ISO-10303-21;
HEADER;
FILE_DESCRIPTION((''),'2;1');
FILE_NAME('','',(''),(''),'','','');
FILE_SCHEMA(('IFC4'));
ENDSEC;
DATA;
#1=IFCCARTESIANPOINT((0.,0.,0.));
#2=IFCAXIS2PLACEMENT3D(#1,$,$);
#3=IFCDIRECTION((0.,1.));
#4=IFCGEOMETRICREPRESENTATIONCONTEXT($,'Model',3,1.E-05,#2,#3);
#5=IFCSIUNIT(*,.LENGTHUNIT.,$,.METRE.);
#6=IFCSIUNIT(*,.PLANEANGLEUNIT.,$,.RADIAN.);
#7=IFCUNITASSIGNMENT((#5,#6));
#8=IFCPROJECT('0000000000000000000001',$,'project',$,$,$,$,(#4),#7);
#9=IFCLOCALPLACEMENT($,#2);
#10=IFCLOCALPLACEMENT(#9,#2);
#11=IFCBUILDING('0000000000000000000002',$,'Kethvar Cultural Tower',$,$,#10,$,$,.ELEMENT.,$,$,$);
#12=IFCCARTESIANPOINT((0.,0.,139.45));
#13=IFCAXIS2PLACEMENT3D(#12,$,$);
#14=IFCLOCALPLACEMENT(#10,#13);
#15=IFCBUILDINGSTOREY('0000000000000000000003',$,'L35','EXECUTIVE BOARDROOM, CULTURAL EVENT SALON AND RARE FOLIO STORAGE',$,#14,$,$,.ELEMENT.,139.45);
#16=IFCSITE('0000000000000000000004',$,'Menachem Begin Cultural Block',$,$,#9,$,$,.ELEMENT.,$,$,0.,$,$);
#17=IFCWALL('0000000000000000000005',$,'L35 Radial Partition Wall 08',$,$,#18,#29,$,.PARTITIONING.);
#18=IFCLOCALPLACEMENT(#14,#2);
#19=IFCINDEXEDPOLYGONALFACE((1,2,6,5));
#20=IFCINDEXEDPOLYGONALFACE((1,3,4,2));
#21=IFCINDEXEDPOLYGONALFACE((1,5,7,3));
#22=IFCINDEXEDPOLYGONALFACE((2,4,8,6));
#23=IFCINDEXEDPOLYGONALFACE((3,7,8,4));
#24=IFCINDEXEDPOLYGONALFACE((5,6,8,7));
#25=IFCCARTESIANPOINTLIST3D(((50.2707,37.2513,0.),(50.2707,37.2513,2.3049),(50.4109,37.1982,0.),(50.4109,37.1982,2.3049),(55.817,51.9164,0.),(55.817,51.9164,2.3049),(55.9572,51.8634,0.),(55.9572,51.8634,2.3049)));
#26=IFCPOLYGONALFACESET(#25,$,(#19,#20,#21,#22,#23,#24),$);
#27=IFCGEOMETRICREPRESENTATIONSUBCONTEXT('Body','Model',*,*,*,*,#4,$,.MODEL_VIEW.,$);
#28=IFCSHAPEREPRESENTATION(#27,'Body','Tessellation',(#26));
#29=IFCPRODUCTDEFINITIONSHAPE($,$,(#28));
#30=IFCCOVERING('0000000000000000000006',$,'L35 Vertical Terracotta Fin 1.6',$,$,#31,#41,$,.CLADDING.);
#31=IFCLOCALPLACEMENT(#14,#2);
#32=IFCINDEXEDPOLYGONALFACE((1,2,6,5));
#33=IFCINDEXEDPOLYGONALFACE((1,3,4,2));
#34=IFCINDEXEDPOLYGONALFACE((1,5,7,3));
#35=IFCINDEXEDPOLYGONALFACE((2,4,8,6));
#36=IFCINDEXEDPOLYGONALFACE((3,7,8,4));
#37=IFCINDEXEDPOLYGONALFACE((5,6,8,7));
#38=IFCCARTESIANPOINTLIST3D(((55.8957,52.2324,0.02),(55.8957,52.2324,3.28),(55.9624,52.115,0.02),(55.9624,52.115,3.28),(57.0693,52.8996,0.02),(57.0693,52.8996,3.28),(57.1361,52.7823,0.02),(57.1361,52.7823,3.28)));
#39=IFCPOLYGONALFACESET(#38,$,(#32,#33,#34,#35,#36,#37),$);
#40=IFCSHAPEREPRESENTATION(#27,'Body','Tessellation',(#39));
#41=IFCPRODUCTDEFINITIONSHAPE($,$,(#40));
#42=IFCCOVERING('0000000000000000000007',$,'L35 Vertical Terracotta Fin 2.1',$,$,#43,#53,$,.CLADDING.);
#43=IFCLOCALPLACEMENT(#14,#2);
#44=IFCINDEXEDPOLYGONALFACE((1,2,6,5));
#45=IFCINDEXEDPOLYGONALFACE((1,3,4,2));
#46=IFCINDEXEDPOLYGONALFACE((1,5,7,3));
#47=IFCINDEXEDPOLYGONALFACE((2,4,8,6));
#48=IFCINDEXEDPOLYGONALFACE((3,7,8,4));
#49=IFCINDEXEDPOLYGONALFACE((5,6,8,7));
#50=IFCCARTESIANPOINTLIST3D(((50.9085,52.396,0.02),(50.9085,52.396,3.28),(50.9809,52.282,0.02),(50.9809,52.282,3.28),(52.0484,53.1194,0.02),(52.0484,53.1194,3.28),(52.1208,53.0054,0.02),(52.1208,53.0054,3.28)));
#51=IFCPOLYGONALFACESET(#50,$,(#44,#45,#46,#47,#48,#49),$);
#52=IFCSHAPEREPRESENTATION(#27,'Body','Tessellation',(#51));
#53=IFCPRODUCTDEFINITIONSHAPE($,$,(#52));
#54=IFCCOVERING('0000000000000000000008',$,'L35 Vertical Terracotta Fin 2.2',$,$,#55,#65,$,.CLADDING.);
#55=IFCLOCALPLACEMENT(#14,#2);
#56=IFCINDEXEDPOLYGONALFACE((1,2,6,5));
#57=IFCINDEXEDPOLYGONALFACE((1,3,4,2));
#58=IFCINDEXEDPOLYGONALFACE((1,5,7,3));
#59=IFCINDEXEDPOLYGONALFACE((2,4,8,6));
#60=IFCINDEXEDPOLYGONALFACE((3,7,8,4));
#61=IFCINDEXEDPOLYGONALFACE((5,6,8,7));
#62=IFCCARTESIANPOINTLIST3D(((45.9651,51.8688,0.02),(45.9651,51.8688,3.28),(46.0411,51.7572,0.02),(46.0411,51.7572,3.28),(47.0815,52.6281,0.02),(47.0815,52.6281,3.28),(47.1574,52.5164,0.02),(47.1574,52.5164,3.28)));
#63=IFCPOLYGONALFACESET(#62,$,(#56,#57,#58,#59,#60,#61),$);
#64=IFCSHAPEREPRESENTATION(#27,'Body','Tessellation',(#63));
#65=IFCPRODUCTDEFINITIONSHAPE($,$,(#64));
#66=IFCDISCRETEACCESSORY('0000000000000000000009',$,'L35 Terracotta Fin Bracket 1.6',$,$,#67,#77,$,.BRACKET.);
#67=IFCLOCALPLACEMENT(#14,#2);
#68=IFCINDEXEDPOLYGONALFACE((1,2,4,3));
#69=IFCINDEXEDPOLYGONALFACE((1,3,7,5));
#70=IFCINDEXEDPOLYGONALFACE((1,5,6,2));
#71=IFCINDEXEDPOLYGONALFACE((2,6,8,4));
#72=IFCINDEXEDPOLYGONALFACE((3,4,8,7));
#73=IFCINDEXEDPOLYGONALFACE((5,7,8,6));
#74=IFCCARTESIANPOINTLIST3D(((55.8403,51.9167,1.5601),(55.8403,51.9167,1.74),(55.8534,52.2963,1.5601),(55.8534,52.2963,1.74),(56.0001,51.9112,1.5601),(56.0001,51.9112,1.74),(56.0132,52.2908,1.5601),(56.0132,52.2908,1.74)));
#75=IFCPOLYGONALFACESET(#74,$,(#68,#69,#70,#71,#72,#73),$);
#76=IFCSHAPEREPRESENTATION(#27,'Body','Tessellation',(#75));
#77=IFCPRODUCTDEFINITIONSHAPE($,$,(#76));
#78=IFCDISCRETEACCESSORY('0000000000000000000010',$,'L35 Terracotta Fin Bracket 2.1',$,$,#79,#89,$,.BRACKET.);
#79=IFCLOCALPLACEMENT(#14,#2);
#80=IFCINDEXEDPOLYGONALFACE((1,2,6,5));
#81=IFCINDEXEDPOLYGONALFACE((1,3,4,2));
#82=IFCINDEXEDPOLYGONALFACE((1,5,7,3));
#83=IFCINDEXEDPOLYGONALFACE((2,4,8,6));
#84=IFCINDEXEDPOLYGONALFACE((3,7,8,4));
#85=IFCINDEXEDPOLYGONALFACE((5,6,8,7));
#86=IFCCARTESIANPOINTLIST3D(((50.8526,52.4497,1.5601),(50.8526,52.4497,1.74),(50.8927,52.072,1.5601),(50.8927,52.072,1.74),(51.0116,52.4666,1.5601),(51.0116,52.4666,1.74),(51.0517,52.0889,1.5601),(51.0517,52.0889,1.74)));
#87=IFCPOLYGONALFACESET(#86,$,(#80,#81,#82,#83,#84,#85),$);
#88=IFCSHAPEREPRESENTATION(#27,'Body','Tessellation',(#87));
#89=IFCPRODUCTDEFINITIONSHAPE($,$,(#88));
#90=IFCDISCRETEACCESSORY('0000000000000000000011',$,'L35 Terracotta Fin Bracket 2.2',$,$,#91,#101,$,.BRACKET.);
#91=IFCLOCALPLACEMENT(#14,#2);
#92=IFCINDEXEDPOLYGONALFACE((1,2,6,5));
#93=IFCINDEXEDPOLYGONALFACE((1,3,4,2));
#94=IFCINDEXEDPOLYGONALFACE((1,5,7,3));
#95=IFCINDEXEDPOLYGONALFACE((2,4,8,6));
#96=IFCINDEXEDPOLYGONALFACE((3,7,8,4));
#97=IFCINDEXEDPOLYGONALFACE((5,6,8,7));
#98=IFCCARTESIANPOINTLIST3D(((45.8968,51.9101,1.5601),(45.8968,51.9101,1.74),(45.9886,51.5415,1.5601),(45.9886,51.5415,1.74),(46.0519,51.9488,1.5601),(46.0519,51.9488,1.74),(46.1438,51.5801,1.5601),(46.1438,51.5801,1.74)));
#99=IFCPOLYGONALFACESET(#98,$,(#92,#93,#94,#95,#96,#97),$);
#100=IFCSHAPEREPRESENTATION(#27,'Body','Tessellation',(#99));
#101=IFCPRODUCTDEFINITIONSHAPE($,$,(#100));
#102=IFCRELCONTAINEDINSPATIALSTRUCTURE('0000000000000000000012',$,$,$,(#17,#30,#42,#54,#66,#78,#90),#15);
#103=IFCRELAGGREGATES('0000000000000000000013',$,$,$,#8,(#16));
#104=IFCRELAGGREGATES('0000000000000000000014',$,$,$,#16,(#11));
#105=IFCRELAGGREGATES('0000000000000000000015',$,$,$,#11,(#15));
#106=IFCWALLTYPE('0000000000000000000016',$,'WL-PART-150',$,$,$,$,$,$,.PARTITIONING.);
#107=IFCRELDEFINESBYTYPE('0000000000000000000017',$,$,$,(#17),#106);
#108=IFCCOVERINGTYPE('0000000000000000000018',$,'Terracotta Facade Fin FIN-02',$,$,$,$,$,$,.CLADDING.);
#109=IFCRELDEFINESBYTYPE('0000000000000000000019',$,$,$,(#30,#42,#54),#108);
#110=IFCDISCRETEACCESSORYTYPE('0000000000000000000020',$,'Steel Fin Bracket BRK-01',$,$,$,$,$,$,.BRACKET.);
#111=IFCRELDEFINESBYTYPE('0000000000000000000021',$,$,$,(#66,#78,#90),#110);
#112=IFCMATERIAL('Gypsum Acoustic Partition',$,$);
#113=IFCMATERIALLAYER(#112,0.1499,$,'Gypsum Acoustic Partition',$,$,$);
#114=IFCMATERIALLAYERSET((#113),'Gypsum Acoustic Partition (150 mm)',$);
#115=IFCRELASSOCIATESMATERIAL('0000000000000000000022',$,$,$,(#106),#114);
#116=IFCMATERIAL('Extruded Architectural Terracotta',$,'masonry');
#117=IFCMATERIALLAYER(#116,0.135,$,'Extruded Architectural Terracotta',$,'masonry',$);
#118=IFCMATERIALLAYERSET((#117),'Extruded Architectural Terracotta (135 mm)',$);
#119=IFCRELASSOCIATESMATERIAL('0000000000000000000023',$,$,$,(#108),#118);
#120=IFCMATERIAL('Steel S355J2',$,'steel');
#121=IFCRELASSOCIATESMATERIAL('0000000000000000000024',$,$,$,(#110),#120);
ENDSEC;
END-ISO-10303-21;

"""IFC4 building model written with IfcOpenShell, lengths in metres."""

from ifc_helpers import new_model, si_unit, direction, frame, frame_2d, origin, origin_2d, place, context, subcontext, project, spatial, rectangle, extrude, source, transform, mapped, material, layer, layer_set, type_object, element, save


model = new_model("IFC4")

# Units and contexts
model_context = context("Model", 3, precision=1e-05, world=origin(), true_north=direction((0.0, 1.0)))
body_context = subcontext(model_context, "Body", "Model", "MODEL_VIEW")
ifc_project = project(units=[si_unit("LENGTHUNIT", "METRE"), si_unit("PLANEANGLEUNIT", "RADIAN")], contexts=[model_context])

# Site, building, storey
site_placement = place(None, origin())
site = spatial("IfcSite", under=ifc_project, at=site_placement, Name="Menachem Begin Cultural Block", CompositionType="ELEMENT", RefElevation=0.0)
building_placement = place(site_placement, origin())
building = spatial("IfcBuilding", under=site, at=building_placement, Name="Kethvar Cultural Tower", CompositionType="ELEMENT")
storey_placement = place(building_placement, frame((0.0, 0.0, 139.45)))
storey = spatial("IfcBuildingStorey", under=building, at=storey_placement, Name="L35", Description="EXECUTIVE BOARDROOM, CULTURAL EVENT SALON AND RARE FOLIO STORAGE", CompositionType="ELEMENT", Elevation=139.45)

# Shared definitions
ifc_material_1 = material(Name="Steel S355J2", Category="steel")

# Wall
ifc_material_2 = material(Name="Gypsum Acoustic Partition")
ifc_layer_1 = layer(ifc_material_2, 0.1499, Name="Gypsum Acoustic Partition")
ifc_layer_set_1 = layer_set([ifc_layer_1], Name="Gypsum Acoustic Partition (150 mm)")
wall_type_1 = type_object("IfcWallType", Name="WL-PART-150", PredefinedType="PARTITIONING", material=ifc_layer_set_1)
wall_1_placement = place(storey_placement, frame((50.3408, 37.2249, 0.0), z_axis=(0.0, 0.0, 1.0), x_axis=(0.353745, 0.935342, 0.0)))
element("IfcWall", 1, at=wall_1_placement, inside=storey, type_object=wall_type_1, Name="L35 Radial Partition Wall 08", PredefinedType="PARTITIONING", context=body_context, shape_type="SweptSolid", body=[
    extrude(rectangle(XDim=15.679, YDim=0.1499, at=frame_2d((7.8394, 0.0))), origin(), (0.0, 0.0, 1.0), 2.3049),
])

# Coverings
ifc_material_3 = material(Name="Extruded Architectural Terracotta", Category="masonry")
ifc_layer_2 = layer(ifc_material_3, 0.135, Name="Extruded Architectural Terracotta", Category="masonry")
ifc_layer_set_2 = layer_set([ifc_layer_2], Name="Extruded Architectural Terracotta (135 mm)")
covering_type = type_object("IfcCoveringType", Name="Terracotta Facade Fin FIN-02", PredefinedType="CLADDING", material=ifc_layer_set_2)
shared_shape_1 = source(origin(), body_context, "Body", "SweptSolid", [
    extrude(rectangle(XDim=1.3501, YDim=0.135, at=origin_2d()), origin(), (0.0, 0.0, 1.0), 3.26),
])
for number, where, z_axis, x_axis, name in (
    (2, (56.5159, 52.5073, 0.02), (0.0, 0.0, 1.0), (0.869322, 0.494245, 0.0), "L35 Vertical Terracotta Fin 1.6"),
    (3, (51.5146, 52.7007, 0.02), (0.0, 0.0, 1.0), (0.844328, 0.535827, 0.0), "L35 Vertical Terracotta Fin 2.1"),
    (4, (46.5613, 52.1926, 0.02), (0.0, 0.0, 1.0), (0.826884, 0.562372, 0.0), "L35 Vertical Terracotta Fin 2.2"),
):
    element("IfcCovering", number, at=place(storey_placement, frame(where, z_axis=z_axis, x_axis=x_axis)), inside=storey, type_object=covering_type, Name=name, PredefinedType="CLADDING", context=body_context, shape_type="MappedRepresentation", body=[
        mapped(shared_shape_1, transform((0.0, 0.0, 0.0), scale=1.0)),
    ])

# Discrete accessories
discrete_accessory_type = type_object("IfcDiscreteAccessoryType", Name="Steel Fin Bracket BRK-01", PredefinedType="BRACKET", material=ifc_material_1)
shared_shape_2 = source(origin(), body_context, "Body", "SweptSolid", [
    extrude(rectangle(XDim=0.3799, YDim=0.1599, at=origin_2d()), origin(), (0.0, 0.0, 1.0), 0.1799),
])
for number, where, z_axis, x_axis, name in (
    (5, (55.9268, 52.1038, 1.5601), (0.0, 0.0, 1.0), (0.034376, 0.999409, 0.0), "L35 Terracotta Fin Bracket 1.6"),
    (6, (50.9521, 52.2693, 1.5601), (0.0, 0.0, 1.0), (-0.105743, 0.994393, 0.0), "L35 Terracotta Fin Bracket 2.1"),
    (7, (46.0203, 51.7451, 1.5601), (0.0, 0.0, 1.0), (-0.241753, 0.970338, 0.0), "L35 Terracotta Fin Bracket 2.2"),
):
    element("IfcDiscreteAccessory", number, at=place(storey_placement, frame(where, z_axis=z_axis, x_axis=x_axis)), inside=storey, type_object=discrete_accessory_type, Name=name, PredefinedType="BRACKET", context=body_context, shape_type="MappedRepresentation", body=[
        mapped(shared_shape_2, transform((0.0, 0.0, 0.0), scale=1.0)),
    ])

save(model, "model.ifc")
